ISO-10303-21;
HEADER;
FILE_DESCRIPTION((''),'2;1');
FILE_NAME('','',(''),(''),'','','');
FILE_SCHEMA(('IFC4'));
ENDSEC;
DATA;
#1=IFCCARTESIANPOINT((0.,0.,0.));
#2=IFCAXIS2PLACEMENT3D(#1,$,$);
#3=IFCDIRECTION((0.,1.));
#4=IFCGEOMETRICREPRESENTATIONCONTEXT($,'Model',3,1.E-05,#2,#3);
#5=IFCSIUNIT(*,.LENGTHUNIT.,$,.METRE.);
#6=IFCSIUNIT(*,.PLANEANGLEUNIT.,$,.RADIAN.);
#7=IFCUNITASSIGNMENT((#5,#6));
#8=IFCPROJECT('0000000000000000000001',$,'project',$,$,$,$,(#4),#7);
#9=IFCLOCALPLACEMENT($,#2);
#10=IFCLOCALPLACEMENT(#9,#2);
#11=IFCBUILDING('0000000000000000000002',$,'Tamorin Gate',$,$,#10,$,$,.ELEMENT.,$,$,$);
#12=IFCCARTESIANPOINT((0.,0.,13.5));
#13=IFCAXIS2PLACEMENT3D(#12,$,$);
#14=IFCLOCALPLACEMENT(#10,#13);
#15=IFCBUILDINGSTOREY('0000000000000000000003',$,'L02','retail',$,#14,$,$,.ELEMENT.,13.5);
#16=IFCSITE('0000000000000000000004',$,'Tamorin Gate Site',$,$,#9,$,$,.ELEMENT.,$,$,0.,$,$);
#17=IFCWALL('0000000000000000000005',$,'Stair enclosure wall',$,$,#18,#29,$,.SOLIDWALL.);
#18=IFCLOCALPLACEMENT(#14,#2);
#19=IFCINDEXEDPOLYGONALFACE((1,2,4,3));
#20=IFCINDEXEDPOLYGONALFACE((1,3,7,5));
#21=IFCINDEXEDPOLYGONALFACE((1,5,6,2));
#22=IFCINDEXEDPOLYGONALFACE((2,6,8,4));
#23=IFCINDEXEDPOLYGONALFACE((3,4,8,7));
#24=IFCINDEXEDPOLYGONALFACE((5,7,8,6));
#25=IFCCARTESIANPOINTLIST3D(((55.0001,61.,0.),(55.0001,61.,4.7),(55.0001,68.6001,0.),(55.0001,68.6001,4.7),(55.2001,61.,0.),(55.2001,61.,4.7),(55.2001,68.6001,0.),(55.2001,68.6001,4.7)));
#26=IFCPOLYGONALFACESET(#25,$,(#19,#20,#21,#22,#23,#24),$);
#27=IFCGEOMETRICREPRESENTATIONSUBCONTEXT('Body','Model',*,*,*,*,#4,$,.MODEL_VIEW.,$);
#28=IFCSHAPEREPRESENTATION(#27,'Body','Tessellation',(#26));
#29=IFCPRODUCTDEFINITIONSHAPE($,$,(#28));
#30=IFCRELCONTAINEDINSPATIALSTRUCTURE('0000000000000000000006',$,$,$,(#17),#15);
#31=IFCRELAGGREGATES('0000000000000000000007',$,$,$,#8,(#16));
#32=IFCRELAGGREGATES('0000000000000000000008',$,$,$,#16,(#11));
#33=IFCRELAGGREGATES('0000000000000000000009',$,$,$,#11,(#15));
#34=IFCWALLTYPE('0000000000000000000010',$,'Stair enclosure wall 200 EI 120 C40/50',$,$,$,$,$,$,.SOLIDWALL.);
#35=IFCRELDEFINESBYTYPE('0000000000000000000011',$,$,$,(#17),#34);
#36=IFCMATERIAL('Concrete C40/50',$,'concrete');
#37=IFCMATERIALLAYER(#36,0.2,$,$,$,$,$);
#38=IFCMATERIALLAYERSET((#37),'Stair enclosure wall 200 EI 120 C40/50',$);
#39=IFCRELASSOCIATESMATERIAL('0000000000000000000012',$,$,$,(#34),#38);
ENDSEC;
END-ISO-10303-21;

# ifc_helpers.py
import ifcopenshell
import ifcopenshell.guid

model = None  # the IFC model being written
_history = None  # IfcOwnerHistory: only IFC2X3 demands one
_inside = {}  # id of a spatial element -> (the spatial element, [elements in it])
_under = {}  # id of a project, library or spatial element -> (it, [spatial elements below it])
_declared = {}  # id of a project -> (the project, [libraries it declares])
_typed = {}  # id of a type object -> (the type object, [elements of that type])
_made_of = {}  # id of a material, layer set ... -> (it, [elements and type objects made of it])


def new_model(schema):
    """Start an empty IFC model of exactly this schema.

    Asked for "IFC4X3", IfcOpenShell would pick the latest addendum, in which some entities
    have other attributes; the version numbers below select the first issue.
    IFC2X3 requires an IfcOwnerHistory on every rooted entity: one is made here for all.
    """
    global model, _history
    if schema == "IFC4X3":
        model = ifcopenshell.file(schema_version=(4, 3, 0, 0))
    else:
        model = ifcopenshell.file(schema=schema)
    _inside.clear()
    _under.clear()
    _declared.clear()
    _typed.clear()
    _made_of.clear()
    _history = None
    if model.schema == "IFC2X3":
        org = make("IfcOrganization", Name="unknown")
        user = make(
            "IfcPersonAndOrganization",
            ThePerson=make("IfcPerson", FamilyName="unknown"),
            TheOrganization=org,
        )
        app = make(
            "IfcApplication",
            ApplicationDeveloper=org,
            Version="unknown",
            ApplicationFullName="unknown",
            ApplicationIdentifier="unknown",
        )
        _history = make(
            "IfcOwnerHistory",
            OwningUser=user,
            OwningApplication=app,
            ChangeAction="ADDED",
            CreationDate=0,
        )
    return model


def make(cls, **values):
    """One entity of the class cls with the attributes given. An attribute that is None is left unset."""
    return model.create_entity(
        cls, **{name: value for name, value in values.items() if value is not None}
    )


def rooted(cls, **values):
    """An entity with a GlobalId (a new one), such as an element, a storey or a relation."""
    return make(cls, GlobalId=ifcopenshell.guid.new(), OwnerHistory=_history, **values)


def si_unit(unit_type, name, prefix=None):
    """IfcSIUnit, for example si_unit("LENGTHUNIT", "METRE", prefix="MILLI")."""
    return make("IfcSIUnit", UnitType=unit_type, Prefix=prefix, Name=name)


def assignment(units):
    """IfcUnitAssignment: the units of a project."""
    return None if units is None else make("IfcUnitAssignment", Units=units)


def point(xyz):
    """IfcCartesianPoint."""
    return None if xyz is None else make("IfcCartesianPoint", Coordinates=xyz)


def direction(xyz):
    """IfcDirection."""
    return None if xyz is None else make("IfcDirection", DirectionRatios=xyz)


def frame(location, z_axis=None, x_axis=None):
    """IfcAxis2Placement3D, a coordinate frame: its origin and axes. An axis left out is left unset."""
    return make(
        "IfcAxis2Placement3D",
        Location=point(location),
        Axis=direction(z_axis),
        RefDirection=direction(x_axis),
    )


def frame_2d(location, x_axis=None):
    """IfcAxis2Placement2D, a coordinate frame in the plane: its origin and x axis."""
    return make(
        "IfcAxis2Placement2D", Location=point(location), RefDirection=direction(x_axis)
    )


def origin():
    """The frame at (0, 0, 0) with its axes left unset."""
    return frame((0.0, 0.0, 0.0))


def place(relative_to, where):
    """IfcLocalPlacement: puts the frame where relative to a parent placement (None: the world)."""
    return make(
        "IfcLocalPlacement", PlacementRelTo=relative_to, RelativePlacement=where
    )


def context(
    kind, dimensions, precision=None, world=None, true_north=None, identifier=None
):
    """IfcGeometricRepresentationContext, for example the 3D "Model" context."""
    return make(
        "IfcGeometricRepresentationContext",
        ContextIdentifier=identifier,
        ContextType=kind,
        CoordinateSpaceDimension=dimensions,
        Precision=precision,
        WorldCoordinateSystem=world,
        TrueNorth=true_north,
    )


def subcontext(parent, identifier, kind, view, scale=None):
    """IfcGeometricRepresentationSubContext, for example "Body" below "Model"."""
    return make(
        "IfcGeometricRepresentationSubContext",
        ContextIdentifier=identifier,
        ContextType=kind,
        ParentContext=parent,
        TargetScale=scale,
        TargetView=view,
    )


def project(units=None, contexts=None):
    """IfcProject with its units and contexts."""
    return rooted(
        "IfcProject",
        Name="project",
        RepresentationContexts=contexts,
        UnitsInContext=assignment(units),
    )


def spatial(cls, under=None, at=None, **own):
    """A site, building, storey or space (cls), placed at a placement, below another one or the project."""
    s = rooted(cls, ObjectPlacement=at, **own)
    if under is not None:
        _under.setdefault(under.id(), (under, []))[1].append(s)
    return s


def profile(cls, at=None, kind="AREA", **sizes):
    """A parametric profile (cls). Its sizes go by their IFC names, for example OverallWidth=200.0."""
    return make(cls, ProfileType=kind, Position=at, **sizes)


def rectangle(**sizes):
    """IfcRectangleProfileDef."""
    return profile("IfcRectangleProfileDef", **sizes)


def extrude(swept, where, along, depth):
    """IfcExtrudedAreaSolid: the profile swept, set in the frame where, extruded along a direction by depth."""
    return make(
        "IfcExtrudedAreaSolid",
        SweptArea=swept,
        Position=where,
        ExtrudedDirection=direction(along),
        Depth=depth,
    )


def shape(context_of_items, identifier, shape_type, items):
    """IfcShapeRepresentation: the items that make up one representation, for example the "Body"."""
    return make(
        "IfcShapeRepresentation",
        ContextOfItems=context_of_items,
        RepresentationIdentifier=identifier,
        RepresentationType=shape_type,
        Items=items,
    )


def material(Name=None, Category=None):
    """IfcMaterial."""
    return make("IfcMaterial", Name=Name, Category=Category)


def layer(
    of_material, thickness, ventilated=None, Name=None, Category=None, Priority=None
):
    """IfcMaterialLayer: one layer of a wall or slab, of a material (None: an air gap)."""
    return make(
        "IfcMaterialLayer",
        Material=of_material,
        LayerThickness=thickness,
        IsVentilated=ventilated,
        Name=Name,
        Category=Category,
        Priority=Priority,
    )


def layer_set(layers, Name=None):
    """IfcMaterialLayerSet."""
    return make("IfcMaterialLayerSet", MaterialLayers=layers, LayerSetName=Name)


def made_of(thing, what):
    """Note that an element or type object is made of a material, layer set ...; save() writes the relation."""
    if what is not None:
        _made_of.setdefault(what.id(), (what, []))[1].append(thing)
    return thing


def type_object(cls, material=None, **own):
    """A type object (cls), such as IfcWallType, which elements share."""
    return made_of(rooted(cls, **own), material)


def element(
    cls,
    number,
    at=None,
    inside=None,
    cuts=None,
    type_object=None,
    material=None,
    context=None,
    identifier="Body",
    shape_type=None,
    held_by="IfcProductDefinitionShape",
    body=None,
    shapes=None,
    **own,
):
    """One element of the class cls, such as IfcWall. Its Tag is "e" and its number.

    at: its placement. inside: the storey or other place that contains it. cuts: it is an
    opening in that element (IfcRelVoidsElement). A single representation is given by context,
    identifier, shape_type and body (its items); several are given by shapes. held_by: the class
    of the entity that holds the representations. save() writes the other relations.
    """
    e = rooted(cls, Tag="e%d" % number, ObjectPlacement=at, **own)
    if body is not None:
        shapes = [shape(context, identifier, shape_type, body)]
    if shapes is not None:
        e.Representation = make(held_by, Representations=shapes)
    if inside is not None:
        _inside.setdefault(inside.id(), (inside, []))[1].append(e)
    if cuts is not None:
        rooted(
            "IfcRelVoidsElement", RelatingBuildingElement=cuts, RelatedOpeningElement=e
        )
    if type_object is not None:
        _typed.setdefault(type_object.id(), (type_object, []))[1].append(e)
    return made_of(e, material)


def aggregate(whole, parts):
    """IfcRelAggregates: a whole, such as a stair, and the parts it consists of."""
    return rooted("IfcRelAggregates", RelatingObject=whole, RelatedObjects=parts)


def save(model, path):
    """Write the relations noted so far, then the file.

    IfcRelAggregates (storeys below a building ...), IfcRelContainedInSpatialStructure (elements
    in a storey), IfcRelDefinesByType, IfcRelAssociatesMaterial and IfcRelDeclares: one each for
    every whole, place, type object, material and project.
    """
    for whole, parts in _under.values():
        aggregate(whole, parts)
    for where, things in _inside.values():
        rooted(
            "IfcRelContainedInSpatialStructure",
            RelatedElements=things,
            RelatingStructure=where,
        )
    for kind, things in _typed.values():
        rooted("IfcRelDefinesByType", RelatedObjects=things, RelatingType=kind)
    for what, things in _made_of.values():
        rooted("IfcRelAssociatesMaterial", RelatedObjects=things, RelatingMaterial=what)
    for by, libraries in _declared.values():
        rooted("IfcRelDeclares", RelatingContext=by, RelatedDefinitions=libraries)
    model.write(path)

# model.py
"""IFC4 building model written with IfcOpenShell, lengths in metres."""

from ifc_helpers import new_model, si_unit, direction, frame, frame_2d, origin, place, context, subcontext, project, spatial, rectangle, extrude, material, layer, layer_set, type_object, element, save


model = new_model("IFC4")

# Units and contexts
model_context = context("Model", 3, precision=1e-05, world=origin(), true_north=direction((0.0, 1.0)))
body_context = subcontext(model_context, "Body", "Model", "MODEL_VIEW")
ifc_project = project(units=[si_unit("LENGTHUNIT", "METRE"), si_unit("PLANEANGLEUNIT", "RADIAN")], contexts=[model_context])

# Site, building, storey
site_placement = place(None, origin())
site = spatial("IfcSite", under=ifc_project, at=site_placement, Name="Tamorin Gate Site", CompositionType="ELEMENT", RefElevation=0.0)
building_placement = place(site_placement, origin())
building = spatial("IfcBuilding", under=site, at=building_placement, Name="Tamorin Gate", CompositionType="ELEMENT")
storey_placement = place(building_placement, frame((0.0, 0.0, 13.5)))
storey = spatial("IfcBuildingStorey", under=building, at=storey_placement, Name="L02", Description="retail", CompositionType="ELEMENT", Elevation=13.5)

# Wall
ifc_material_1 = material(Name="Concrete C40/50", Category="concrete")
ifc_layer_1 = layer(ifc_material_1, 0.2)
ifc_layer_set_1 = layer_set([ifc_layer_1], Name="Stair enclosure wall 200 EI 120 C40/50")
wall_type_1 = type_object("IfcWallType", Name="Stair enclosure wall 200 EI 120 C40/50", PredefinedType="SOLIDWALL", material=ifc_layer_set_1)
wall_1_placement = place(storey_placement, frame((55.1001, 61.0, 0.0), z_axis=(0.0, 0.0, 1.0), x_axis=(0.0, 1.0, 0.0)))
element("IfcWall", 1, at=wall_1_placement, inside=storey, type_object=wall_type_1, Name="Stair enclosure wall", PredefinedType="SOLIDWALL", context=body_context, shape_type="SweptSolid", body=[
    extrude(rectangle(XDim=7.6001, YDim=0.2, at=frame_2d((3.8, 0.0))), origin(), (0.0, 0.0, 1.0), 4.7),
])

save(model, "model.ifc")
